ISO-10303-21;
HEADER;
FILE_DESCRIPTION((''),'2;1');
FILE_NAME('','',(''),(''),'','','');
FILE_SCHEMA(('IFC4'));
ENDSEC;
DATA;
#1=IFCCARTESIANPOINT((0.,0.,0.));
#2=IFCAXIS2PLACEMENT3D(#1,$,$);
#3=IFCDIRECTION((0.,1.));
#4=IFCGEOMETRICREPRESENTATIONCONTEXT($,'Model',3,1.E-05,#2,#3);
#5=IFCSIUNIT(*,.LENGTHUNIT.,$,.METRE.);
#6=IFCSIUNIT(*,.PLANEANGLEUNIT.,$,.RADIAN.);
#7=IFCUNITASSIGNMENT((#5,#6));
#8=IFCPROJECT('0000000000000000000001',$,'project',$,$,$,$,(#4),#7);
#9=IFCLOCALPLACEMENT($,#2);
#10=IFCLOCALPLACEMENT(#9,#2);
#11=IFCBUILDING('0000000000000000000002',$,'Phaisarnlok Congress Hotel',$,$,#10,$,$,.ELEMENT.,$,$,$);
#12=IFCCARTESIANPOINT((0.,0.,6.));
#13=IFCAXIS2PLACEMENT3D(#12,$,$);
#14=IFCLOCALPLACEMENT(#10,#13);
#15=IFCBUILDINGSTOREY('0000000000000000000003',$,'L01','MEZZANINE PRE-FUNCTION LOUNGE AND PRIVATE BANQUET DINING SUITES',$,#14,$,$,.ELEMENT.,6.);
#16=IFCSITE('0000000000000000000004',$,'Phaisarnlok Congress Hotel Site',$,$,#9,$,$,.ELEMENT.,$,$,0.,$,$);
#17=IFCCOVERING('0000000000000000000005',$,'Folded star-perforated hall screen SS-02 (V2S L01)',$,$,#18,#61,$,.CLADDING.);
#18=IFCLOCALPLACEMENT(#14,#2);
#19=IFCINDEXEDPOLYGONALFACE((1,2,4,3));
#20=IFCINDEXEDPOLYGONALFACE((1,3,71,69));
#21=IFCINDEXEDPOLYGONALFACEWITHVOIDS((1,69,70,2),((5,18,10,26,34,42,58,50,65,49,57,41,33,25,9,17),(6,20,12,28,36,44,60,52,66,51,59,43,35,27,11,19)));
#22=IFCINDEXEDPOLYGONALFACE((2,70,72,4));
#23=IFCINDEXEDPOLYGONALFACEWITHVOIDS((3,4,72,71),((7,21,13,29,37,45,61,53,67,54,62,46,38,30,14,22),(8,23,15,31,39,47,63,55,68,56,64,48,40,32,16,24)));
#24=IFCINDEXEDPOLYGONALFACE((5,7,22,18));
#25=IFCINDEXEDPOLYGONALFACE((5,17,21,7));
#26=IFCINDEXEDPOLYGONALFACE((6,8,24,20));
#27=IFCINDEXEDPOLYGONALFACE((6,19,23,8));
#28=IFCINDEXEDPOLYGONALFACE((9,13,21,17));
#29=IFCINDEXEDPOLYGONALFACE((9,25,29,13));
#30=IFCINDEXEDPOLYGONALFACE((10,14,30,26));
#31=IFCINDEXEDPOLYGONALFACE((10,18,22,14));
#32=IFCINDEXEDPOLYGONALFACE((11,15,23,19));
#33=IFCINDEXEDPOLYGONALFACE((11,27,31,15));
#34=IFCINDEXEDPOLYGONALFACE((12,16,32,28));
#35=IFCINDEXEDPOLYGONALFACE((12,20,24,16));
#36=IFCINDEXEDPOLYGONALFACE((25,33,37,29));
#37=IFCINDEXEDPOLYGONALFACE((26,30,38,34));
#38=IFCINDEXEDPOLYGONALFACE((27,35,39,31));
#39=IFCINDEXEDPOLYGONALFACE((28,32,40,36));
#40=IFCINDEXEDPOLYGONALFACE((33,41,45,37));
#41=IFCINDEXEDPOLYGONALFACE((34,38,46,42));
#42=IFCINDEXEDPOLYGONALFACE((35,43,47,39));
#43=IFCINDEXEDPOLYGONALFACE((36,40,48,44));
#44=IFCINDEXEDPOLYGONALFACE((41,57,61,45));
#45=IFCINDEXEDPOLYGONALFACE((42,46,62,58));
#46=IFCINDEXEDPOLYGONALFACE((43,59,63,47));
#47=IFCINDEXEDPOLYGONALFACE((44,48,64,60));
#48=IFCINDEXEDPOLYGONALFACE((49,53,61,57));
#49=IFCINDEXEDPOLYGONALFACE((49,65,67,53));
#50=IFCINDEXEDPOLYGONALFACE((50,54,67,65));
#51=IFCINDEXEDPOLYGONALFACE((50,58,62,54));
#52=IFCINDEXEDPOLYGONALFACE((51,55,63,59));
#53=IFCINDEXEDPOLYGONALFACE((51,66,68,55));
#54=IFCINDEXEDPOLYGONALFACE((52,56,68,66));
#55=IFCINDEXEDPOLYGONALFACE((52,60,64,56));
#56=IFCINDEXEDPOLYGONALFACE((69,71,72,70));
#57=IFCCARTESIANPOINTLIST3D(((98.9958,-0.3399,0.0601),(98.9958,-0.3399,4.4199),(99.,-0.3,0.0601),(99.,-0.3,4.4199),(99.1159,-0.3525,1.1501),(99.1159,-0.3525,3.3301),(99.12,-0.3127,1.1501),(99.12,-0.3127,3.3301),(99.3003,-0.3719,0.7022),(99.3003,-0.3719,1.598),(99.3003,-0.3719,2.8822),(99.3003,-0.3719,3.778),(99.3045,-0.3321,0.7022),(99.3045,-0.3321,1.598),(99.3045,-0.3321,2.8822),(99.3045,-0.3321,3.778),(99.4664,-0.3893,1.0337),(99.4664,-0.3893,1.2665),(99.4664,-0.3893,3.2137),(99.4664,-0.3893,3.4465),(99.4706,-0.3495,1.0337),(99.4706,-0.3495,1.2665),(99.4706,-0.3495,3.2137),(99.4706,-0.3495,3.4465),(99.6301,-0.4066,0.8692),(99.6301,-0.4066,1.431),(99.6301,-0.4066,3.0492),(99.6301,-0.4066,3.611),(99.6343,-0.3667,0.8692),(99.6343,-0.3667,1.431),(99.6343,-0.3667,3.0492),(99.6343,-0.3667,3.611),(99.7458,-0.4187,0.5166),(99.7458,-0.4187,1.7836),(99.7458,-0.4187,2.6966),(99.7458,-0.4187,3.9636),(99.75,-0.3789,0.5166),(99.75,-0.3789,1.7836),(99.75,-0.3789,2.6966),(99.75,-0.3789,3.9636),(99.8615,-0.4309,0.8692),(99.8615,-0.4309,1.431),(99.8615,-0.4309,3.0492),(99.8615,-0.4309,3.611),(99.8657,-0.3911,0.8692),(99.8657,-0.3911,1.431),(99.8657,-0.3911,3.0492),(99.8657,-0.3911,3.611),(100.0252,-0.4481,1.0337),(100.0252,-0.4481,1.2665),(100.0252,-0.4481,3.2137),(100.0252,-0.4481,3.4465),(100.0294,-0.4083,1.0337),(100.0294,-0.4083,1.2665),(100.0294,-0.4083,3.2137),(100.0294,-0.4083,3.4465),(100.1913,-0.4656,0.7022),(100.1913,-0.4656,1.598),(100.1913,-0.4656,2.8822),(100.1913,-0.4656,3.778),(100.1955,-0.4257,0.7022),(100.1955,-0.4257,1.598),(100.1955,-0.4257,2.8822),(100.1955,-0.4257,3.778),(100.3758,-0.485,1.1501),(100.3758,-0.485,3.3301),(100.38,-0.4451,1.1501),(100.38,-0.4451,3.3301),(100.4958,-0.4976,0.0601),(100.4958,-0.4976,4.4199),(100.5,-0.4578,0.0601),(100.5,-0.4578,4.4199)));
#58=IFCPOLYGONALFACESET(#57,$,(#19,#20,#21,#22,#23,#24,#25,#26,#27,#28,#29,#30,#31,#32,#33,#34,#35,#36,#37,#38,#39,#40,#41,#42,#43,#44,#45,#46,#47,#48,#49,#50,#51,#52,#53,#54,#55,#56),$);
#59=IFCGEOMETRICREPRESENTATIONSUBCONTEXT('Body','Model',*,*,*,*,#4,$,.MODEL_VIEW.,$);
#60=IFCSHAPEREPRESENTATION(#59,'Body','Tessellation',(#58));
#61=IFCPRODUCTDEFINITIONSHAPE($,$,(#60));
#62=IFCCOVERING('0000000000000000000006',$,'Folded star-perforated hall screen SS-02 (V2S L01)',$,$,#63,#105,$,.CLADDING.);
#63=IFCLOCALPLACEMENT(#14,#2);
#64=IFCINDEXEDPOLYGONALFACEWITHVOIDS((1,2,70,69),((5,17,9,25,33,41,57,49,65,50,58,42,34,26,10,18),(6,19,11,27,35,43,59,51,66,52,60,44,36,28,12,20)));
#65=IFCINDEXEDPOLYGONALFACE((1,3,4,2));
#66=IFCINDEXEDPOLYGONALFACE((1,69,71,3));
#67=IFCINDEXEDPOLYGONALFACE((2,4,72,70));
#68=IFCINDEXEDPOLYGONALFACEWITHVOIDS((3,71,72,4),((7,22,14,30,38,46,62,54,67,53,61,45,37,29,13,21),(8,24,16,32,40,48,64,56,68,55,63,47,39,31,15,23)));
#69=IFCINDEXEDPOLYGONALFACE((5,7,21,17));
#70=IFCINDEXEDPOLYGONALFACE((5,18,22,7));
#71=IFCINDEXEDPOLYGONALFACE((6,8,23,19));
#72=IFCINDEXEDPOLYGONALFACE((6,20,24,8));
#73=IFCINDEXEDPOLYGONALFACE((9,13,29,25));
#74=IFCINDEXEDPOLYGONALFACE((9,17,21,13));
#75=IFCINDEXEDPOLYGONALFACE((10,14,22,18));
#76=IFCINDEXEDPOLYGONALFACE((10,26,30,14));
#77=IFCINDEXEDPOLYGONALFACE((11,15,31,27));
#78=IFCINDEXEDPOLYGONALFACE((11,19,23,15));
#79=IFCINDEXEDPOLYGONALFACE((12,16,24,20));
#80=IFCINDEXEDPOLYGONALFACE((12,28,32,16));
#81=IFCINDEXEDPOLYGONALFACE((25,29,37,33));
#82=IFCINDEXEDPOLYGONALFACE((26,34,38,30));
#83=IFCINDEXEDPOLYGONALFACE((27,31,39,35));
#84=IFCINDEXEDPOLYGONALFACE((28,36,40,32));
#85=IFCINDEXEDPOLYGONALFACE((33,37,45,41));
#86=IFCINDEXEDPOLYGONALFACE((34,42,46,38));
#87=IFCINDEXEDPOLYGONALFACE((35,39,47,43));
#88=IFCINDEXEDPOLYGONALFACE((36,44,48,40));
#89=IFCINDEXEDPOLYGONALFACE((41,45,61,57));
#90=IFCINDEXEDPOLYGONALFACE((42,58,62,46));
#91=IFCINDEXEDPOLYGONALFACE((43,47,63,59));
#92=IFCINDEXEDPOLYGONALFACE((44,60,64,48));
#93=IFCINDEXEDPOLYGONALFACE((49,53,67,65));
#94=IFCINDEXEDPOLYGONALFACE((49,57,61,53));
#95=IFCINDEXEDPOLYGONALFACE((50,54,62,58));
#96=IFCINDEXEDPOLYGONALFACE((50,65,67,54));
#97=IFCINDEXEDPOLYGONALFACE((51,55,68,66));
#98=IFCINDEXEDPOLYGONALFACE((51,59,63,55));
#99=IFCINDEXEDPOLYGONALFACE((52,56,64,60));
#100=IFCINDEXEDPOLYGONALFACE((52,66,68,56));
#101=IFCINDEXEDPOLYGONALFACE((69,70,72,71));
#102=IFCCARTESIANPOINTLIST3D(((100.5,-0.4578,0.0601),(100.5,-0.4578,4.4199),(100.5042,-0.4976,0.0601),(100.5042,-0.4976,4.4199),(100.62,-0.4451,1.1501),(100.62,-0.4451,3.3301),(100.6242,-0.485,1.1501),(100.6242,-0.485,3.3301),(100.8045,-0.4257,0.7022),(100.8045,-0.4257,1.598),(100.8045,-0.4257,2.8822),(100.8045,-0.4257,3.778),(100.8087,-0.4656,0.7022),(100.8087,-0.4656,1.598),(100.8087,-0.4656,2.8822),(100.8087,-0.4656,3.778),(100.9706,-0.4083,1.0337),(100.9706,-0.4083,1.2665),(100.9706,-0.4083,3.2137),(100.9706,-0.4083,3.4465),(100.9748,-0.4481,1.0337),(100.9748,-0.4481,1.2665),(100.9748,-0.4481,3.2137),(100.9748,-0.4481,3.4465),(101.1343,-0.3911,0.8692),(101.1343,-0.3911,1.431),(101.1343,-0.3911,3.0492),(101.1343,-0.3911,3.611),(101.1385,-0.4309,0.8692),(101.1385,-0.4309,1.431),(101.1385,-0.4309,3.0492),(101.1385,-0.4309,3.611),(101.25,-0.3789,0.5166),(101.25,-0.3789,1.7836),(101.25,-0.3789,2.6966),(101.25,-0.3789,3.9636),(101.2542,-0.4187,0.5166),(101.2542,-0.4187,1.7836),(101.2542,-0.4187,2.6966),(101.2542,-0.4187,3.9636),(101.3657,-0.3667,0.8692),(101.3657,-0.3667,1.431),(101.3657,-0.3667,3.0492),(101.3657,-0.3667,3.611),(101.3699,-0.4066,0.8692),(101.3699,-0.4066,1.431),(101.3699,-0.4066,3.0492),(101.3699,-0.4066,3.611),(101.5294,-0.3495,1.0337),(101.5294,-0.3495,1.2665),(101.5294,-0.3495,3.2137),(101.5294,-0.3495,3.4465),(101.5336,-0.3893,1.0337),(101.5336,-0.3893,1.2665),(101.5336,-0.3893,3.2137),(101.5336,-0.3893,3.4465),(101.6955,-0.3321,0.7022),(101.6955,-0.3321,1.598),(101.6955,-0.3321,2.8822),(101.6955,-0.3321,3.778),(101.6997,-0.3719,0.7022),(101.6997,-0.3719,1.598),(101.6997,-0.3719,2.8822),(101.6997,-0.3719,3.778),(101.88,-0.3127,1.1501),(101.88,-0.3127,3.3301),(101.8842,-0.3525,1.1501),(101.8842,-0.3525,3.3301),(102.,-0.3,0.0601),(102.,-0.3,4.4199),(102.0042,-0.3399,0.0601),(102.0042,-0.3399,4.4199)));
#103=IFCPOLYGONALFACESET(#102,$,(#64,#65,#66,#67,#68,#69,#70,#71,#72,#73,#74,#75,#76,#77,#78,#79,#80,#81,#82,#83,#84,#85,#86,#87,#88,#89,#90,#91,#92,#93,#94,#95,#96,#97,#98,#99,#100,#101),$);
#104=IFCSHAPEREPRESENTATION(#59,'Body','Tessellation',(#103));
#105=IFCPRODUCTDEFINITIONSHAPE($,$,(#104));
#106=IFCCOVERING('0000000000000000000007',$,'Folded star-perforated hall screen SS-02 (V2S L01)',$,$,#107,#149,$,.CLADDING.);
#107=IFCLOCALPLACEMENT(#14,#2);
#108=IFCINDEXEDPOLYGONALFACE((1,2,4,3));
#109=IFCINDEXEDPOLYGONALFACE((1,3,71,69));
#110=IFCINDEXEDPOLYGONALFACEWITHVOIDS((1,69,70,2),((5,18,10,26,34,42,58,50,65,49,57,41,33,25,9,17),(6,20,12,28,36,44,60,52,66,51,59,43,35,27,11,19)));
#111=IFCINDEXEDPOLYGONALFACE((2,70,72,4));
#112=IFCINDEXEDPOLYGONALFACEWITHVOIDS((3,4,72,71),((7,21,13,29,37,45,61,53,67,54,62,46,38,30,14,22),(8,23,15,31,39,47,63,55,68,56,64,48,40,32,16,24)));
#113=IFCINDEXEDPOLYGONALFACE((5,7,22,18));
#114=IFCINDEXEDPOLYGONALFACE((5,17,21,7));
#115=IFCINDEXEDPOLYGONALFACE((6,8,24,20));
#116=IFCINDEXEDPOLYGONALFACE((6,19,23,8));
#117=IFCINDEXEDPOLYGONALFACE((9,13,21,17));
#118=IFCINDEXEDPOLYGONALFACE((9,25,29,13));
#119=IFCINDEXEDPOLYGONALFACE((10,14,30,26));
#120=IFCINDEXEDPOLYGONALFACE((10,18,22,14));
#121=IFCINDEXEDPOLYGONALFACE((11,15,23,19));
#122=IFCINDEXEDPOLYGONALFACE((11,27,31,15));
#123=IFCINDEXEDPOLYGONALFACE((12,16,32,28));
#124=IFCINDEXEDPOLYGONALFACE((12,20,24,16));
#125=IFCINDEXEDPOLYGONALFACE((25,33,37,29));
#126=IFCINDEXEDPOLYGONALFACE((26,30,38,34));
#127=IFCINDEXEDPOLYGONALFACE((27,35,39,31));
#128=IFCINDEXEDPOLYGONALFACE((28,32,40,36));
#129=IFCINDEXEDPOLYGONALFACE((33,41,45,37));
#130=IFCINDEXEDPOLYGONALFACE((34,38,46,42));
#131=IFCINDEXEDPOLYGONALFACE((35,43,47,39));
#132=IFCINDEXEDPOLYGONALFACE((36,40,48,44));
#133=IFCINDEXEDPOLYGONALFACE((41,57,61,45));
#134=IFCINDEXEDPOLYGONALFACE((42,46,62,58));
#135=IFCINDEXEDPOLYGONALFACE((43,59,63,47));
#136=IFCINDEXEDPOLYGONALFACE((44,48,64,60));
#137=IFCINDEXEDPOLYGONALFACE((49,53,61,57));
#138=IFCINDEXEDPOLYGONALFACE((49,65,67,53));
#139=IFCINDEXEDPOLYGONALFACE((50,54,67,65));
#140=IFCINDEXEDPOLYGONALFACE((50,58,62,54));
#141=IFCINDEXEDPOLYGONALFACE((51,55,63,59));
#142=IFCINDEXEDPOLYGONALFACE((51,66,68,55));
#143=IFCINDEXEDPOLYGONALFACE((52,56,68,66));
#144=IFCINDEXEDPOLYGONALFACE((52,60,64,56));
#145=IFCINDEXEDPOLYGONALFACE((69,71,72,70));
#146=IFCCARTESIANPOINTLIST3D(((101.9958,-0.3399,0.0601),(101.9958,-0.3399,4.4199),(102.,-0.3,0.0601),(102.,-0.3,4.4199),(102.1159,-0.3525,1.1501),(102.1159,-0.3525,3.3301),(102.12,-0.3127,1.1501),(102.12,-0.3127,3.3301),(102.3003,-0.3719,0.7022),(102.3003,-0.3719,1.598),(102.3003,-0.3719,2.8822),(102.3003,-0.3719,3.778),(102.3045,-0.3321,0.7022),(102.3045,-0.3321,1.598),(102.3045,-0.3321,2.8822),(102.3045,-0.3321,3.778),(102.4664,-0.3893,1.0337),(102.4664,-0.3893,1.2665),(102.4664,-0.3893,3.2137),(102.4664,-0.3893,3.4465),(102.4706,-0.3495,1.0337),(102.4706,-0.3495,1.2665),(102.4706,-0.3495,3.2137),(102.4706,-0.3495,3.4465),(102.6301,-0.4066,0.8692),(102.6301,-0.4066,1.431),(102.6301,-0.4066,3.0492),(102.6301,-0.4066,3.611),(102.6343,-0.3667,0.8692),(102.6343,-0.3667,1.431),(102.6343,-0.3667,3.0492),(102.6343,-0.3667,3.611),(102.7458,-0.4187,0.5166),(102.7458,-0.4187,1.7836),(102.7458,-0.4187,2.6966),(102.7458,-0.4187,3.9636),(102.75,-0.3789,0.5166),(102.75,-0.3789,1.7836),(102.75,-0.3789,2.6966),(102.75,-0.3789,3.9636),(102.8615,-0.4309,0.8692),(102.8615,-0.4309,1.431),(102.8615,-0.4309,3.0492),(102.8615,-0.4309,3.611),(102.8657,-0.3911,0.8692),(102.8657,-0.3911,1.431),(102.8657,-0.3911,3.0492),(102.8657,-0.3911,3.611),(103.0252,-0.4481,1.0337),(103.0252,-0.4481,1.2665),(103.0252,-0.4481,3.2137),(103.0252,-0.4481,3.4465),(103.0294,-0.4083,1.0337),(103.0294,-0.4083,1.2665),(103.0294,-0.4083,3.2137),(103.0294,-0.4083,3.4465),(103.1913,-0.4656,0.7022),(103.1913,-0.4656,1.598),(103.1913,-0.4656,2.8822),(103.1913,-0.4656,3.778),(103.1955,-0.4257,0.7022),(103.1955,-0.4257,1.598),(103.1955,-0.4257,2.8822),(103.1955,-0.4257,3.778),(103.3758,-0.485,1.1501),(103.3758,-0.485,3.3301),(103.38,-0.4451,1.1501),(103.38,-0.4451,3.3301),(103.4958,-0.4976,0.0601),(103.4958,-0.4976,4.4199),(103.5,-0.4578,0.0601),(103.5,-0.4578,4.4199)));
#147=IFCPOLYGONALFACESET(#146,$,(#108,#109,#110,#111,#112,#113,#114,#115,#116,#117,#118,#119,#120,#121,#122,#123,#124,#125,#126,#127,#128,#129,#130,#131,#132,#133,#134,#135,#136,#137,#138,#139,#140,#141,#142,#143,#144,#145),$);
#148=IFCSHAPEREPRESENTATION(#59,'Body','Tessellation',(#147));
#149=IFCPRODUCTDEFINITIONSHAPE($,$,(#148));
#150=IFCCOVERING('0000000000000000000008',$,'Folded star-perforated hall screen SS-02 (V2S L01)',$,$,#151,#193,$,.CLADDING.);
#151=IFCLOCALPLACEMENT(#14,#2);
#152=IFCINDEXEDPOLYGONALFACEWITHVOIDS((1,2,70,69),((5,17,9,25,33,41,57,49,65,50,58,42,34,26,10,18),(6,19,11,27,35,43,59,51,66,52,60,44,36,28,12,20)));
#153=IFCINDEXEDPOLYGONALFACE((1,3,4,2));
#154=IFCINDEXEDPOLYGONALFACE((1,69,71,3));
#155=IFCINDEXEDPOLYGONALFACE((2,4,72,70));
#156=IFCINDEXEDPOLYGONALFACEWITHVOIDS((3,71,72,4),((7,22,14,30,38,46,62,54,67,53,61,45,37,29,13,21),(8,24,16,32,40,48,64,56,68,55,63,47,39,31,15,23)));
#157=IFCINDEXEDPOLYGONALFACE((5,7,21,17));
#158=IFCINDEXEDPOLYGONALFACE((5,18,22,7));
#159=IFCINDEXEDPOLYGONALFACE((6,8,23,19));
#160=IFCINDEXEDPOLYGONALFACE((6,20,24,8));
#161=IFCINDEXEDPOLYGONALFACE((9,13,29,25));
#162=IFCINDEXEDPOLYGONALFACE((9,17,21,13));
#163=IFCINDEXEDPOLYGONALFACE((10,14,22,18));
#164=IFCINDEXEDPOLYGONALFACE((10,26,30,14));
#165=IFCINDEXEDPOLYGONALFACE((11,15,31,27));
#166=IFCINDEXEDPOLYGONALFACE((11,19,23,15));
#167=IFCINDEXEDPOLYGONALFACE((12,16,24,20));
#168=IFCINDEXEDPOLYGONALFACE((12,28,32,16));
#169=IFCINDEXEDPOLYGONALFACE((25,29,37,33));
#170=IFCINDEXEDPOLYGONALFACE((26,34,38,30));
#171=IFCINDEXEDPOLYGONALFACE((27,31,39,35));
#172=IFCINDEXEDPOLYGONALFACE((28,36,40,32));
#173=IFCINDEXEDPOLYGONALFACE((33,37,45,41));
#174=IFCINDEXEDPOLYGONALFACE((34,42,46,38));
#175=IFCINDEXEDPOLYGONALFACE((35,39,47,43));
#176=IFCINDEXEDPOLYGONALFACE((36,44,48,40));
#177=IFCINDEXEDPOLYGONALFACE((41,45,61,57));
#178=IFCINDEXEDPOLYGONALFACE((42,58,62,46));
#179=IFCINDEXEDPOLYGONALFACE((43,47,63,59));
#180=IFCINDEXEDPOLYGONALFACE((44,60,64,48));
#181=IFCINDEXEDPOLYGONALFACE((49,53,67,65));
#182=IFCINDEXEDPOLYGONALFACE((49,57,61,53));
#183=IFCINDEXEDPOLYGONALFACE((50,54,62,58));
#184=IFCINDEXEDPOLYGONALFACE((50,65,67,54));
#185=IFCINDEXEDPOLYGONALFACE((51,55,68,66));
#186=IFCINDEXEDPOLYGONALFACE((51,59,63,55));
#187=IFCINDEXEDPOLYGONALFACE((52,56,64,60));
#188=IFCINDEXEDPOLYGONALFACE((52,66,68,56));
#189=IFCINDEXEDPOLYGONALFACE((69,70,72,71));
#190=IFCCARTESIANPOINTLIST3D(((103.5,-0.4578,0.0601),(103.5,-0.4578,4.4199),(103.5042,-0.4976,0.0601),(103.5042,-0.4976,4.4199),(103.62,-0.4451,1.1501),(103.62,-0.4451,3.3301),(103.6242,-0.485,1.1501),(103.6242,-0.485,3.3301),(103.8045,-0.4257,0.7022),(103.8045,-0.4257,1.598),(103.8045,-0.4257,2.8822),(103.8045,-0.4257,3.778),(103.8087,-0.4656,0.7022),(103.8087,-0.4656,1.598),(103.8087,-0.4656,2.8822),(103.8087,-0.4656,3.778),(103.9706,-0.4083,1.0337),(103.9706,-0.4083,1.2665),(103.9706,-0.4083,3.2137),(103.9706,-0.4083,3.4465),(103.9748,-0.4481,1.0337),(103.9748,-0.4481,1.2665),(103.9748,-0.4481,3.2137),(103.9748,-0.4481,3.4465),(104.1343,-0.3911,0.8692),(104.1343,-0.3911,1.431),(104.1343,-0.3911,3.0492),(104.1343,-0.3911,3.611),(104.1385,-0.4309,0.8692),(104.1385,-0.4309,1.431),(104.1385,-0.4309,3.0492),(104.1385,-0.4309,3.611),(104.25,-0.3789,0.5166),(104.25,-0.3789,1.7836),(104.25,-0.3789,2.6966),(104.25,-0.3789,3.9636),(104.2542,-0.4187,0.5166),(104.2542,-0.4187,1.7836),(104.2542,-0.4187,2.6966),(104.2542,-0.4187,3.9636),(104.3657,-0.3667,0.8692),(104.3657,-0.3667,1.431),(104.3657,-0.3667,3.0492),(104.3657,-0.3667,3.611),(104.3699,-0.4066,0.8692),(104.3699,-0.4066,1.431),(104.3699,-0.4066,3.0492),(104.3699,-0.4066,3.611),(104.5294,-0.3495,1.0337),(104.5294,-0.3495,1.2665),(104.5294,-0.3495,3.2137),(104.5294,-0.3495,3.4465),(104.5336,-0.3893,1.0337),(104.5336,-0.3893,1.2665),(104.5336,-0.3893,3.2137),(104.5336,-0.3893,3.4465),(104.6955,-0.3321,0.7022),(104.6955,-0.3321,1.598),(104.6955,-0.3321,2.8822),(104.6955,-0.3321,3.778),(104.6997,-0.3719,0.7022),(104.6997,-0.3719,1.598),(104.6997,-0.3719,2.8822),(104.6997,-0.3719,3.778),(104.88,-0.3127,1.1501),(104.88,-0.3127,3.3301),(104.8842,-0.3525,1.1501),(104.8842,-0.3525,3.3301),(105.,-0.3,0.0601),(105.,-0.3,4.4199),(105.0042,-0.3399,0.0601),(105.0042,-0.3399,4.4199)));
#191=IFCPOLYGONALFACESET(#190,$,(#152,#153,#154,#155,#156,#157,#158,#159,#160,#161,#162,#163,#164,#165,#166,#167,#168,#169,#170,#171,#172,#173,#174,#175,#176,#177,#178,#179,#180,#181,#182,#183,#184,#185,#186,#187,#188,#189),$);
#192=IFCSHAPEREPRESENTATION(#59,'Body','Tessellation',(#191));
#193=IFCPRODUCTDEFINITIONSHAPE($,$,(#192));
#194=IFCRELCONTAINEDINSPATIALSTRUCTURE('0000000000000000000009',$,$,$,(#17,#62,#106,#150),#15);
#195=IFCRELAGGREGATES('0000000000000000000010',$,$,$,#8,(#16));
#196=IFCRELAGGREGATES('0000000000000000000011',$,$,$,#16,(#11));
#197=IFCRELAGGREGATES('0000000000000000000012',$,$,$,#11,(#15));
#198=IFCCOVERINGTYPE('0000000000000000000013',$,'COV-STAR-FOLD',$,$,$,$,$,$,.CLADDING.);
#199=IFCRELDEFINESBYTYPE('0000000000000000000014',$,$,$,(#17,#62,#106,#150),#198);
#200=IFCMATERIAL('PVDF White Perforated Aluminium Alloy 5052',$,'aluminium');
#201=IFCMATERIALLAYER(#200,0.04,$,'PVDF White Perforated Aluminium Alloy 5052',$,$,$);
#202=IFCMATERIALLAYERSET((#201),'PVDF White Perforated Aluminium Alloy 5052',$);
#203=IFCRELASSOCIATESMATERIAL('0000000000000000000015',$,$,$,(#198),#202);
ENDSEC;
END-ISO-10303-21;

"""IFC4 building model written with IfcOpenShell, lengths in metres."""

from ifc_helpers import new_model, si_unit, direction, frame, origin, place, context, subcontext, project, spatial, polyline, outline, extrude, material, layer, layer_set, type_object, element, save


model = new_model("IFC4")

# Units and contexts
model_context = context("Model", 3, precision=1e-05, world=origin(), true_north=direction((0.0, 1.0)))
body_context = subcontext(model_context, "Body", "Model", "MODEL_VIEW")
ifc_project = project(units=[si_unit("LENGTHUNIT", "METRE"), si_unit("PLANEANGLEUNIT", "RADIAN")], contexts=[model_context])

# Site, building, storey
site_placement = place(None, origin())
site = spatial("IfcSite", under=ifc_project, at=site_placement, Name="Phaisarnlok Congress Hotel Site", CompositionType="ELEMENT", RefElevation=0.0)
building_placement = place(site_placement, origin())
building = spatial("IfcBuilding", under=site, at=building_placement, Name="Phaisarnlok Congress Hotel", CompositionType="ELEMENT")
storey_placement = place(building_placement, frame((0.0, 0.0, 6.0)))
storey = spatial("IfcBuildingStorey", under=building, at=storey_placement, Name="L01", Description="MEZZANINE PRE-FUNCTION LOUNGE AND PRIVATE BANQUET DINING SUITES", CompositionType="ELEMENT", Elevation=6.0)

# Coverings
ifc_material_1 = material(Name="PVDF White Perforated Aluminium Alloy 5052", Category="aluminium")
ifc_layer_1 = layer(ifc_material_1, 0.04, Name="PVDF White Perforated Aluminium Alloy 5052")
ifc_layer_set_1 = layer_set([ifc_layer_1], Name="PVDF White Perforated Aluminium Alloy 5052")
covering_type = type_object("IfcCoveringType", Name="COV-STAR-FOLD", PredefinedType="CLADDING", material=ifc_layer_set_1)
for number, where, z_axis, x_axis, name in (
    (1, (99.0, -0.3, 0.0601), (-0.104567, -0.994518, 0.0), (0.994518, -0.104567, 0.0), "Folded star-perforated hall screen SS-02 (V2S L01)"),
    (2, (100.5, -0.4578, 0.0601), (0.104567, -0.994518, 0.0), (0.994518, 0.104567, 0.0), "Folded star-perforated hall screen SS-02 (V2S L01)"),
    (3, (102.0, -0.3, 0.0601), (-0.104567, -0.994518, 0.0), (0.994518, -0.104567, 0.0), "Folded star-perforated hall screen SS-02 (V2S L01)"),
    (4, (103.5, -0.4578, 0.0601), (0.104567, -0.994518, 0.0), (0.994518, 0.104567, 0.0), "Folded star-perforated hall screen SS-02 (V2S L01)"),
):
    element("IfcCovering", number, at=place(storey_placement, frame(where, z_axis=z_axis, x_axis=x_axis)), inside=storey, type_object=covering_type, Name=name, PredefinedType="CLADDING", context=body_context, shape_type="SweptSolid", body=[
        extrude(outline(polyline([(0.0, 0.0), (1.5083, 0.0), (1.5083, 4.3599), (0.0, 4.3599), (0.0, 0.0)]), holes=[polyline([(1.0351, 0.9736), (1.2021, 0.6421), (0.8705, 0.8091), (0.7541, 0.4565), (0.6378, 0.8091), (0.3062, 0.6421), (0.4732, 0.9736), (0.1207, 1.09), (0.4732, 1.2064), (0.3062, 1.5379), (0.6378, 1.3709), (0.7541, 1.7235), (0.8705, 1.3709), (1.2021, 1.5379), (1.0351, 1.2064), (1.3876, 1.09), (1.0351, 0.9736)]), polyline([(1.0351, 3.1536), (1.2021, 2.8221), (0.8705, 2.9891), (0.7541, 2.6365), (0.6378, 2.9891), (0.3062, 2.8221), (0.4732, 3.1536), (0.1207, 3.27), (0.4732, 3.3864), (0.3062, 3.7179), (0.6378, 3.5509), (0.7541, 3.9035), (0.8705, 3.5509), (1.2021, 3.7179), (1.0351, 3.3864), (1.3876, 3.27), (1.0351, 3.1536)])]), origin(), (0.0, 0.0, 1.0), 0.04),
    ])

save(model, "model.ifc")
